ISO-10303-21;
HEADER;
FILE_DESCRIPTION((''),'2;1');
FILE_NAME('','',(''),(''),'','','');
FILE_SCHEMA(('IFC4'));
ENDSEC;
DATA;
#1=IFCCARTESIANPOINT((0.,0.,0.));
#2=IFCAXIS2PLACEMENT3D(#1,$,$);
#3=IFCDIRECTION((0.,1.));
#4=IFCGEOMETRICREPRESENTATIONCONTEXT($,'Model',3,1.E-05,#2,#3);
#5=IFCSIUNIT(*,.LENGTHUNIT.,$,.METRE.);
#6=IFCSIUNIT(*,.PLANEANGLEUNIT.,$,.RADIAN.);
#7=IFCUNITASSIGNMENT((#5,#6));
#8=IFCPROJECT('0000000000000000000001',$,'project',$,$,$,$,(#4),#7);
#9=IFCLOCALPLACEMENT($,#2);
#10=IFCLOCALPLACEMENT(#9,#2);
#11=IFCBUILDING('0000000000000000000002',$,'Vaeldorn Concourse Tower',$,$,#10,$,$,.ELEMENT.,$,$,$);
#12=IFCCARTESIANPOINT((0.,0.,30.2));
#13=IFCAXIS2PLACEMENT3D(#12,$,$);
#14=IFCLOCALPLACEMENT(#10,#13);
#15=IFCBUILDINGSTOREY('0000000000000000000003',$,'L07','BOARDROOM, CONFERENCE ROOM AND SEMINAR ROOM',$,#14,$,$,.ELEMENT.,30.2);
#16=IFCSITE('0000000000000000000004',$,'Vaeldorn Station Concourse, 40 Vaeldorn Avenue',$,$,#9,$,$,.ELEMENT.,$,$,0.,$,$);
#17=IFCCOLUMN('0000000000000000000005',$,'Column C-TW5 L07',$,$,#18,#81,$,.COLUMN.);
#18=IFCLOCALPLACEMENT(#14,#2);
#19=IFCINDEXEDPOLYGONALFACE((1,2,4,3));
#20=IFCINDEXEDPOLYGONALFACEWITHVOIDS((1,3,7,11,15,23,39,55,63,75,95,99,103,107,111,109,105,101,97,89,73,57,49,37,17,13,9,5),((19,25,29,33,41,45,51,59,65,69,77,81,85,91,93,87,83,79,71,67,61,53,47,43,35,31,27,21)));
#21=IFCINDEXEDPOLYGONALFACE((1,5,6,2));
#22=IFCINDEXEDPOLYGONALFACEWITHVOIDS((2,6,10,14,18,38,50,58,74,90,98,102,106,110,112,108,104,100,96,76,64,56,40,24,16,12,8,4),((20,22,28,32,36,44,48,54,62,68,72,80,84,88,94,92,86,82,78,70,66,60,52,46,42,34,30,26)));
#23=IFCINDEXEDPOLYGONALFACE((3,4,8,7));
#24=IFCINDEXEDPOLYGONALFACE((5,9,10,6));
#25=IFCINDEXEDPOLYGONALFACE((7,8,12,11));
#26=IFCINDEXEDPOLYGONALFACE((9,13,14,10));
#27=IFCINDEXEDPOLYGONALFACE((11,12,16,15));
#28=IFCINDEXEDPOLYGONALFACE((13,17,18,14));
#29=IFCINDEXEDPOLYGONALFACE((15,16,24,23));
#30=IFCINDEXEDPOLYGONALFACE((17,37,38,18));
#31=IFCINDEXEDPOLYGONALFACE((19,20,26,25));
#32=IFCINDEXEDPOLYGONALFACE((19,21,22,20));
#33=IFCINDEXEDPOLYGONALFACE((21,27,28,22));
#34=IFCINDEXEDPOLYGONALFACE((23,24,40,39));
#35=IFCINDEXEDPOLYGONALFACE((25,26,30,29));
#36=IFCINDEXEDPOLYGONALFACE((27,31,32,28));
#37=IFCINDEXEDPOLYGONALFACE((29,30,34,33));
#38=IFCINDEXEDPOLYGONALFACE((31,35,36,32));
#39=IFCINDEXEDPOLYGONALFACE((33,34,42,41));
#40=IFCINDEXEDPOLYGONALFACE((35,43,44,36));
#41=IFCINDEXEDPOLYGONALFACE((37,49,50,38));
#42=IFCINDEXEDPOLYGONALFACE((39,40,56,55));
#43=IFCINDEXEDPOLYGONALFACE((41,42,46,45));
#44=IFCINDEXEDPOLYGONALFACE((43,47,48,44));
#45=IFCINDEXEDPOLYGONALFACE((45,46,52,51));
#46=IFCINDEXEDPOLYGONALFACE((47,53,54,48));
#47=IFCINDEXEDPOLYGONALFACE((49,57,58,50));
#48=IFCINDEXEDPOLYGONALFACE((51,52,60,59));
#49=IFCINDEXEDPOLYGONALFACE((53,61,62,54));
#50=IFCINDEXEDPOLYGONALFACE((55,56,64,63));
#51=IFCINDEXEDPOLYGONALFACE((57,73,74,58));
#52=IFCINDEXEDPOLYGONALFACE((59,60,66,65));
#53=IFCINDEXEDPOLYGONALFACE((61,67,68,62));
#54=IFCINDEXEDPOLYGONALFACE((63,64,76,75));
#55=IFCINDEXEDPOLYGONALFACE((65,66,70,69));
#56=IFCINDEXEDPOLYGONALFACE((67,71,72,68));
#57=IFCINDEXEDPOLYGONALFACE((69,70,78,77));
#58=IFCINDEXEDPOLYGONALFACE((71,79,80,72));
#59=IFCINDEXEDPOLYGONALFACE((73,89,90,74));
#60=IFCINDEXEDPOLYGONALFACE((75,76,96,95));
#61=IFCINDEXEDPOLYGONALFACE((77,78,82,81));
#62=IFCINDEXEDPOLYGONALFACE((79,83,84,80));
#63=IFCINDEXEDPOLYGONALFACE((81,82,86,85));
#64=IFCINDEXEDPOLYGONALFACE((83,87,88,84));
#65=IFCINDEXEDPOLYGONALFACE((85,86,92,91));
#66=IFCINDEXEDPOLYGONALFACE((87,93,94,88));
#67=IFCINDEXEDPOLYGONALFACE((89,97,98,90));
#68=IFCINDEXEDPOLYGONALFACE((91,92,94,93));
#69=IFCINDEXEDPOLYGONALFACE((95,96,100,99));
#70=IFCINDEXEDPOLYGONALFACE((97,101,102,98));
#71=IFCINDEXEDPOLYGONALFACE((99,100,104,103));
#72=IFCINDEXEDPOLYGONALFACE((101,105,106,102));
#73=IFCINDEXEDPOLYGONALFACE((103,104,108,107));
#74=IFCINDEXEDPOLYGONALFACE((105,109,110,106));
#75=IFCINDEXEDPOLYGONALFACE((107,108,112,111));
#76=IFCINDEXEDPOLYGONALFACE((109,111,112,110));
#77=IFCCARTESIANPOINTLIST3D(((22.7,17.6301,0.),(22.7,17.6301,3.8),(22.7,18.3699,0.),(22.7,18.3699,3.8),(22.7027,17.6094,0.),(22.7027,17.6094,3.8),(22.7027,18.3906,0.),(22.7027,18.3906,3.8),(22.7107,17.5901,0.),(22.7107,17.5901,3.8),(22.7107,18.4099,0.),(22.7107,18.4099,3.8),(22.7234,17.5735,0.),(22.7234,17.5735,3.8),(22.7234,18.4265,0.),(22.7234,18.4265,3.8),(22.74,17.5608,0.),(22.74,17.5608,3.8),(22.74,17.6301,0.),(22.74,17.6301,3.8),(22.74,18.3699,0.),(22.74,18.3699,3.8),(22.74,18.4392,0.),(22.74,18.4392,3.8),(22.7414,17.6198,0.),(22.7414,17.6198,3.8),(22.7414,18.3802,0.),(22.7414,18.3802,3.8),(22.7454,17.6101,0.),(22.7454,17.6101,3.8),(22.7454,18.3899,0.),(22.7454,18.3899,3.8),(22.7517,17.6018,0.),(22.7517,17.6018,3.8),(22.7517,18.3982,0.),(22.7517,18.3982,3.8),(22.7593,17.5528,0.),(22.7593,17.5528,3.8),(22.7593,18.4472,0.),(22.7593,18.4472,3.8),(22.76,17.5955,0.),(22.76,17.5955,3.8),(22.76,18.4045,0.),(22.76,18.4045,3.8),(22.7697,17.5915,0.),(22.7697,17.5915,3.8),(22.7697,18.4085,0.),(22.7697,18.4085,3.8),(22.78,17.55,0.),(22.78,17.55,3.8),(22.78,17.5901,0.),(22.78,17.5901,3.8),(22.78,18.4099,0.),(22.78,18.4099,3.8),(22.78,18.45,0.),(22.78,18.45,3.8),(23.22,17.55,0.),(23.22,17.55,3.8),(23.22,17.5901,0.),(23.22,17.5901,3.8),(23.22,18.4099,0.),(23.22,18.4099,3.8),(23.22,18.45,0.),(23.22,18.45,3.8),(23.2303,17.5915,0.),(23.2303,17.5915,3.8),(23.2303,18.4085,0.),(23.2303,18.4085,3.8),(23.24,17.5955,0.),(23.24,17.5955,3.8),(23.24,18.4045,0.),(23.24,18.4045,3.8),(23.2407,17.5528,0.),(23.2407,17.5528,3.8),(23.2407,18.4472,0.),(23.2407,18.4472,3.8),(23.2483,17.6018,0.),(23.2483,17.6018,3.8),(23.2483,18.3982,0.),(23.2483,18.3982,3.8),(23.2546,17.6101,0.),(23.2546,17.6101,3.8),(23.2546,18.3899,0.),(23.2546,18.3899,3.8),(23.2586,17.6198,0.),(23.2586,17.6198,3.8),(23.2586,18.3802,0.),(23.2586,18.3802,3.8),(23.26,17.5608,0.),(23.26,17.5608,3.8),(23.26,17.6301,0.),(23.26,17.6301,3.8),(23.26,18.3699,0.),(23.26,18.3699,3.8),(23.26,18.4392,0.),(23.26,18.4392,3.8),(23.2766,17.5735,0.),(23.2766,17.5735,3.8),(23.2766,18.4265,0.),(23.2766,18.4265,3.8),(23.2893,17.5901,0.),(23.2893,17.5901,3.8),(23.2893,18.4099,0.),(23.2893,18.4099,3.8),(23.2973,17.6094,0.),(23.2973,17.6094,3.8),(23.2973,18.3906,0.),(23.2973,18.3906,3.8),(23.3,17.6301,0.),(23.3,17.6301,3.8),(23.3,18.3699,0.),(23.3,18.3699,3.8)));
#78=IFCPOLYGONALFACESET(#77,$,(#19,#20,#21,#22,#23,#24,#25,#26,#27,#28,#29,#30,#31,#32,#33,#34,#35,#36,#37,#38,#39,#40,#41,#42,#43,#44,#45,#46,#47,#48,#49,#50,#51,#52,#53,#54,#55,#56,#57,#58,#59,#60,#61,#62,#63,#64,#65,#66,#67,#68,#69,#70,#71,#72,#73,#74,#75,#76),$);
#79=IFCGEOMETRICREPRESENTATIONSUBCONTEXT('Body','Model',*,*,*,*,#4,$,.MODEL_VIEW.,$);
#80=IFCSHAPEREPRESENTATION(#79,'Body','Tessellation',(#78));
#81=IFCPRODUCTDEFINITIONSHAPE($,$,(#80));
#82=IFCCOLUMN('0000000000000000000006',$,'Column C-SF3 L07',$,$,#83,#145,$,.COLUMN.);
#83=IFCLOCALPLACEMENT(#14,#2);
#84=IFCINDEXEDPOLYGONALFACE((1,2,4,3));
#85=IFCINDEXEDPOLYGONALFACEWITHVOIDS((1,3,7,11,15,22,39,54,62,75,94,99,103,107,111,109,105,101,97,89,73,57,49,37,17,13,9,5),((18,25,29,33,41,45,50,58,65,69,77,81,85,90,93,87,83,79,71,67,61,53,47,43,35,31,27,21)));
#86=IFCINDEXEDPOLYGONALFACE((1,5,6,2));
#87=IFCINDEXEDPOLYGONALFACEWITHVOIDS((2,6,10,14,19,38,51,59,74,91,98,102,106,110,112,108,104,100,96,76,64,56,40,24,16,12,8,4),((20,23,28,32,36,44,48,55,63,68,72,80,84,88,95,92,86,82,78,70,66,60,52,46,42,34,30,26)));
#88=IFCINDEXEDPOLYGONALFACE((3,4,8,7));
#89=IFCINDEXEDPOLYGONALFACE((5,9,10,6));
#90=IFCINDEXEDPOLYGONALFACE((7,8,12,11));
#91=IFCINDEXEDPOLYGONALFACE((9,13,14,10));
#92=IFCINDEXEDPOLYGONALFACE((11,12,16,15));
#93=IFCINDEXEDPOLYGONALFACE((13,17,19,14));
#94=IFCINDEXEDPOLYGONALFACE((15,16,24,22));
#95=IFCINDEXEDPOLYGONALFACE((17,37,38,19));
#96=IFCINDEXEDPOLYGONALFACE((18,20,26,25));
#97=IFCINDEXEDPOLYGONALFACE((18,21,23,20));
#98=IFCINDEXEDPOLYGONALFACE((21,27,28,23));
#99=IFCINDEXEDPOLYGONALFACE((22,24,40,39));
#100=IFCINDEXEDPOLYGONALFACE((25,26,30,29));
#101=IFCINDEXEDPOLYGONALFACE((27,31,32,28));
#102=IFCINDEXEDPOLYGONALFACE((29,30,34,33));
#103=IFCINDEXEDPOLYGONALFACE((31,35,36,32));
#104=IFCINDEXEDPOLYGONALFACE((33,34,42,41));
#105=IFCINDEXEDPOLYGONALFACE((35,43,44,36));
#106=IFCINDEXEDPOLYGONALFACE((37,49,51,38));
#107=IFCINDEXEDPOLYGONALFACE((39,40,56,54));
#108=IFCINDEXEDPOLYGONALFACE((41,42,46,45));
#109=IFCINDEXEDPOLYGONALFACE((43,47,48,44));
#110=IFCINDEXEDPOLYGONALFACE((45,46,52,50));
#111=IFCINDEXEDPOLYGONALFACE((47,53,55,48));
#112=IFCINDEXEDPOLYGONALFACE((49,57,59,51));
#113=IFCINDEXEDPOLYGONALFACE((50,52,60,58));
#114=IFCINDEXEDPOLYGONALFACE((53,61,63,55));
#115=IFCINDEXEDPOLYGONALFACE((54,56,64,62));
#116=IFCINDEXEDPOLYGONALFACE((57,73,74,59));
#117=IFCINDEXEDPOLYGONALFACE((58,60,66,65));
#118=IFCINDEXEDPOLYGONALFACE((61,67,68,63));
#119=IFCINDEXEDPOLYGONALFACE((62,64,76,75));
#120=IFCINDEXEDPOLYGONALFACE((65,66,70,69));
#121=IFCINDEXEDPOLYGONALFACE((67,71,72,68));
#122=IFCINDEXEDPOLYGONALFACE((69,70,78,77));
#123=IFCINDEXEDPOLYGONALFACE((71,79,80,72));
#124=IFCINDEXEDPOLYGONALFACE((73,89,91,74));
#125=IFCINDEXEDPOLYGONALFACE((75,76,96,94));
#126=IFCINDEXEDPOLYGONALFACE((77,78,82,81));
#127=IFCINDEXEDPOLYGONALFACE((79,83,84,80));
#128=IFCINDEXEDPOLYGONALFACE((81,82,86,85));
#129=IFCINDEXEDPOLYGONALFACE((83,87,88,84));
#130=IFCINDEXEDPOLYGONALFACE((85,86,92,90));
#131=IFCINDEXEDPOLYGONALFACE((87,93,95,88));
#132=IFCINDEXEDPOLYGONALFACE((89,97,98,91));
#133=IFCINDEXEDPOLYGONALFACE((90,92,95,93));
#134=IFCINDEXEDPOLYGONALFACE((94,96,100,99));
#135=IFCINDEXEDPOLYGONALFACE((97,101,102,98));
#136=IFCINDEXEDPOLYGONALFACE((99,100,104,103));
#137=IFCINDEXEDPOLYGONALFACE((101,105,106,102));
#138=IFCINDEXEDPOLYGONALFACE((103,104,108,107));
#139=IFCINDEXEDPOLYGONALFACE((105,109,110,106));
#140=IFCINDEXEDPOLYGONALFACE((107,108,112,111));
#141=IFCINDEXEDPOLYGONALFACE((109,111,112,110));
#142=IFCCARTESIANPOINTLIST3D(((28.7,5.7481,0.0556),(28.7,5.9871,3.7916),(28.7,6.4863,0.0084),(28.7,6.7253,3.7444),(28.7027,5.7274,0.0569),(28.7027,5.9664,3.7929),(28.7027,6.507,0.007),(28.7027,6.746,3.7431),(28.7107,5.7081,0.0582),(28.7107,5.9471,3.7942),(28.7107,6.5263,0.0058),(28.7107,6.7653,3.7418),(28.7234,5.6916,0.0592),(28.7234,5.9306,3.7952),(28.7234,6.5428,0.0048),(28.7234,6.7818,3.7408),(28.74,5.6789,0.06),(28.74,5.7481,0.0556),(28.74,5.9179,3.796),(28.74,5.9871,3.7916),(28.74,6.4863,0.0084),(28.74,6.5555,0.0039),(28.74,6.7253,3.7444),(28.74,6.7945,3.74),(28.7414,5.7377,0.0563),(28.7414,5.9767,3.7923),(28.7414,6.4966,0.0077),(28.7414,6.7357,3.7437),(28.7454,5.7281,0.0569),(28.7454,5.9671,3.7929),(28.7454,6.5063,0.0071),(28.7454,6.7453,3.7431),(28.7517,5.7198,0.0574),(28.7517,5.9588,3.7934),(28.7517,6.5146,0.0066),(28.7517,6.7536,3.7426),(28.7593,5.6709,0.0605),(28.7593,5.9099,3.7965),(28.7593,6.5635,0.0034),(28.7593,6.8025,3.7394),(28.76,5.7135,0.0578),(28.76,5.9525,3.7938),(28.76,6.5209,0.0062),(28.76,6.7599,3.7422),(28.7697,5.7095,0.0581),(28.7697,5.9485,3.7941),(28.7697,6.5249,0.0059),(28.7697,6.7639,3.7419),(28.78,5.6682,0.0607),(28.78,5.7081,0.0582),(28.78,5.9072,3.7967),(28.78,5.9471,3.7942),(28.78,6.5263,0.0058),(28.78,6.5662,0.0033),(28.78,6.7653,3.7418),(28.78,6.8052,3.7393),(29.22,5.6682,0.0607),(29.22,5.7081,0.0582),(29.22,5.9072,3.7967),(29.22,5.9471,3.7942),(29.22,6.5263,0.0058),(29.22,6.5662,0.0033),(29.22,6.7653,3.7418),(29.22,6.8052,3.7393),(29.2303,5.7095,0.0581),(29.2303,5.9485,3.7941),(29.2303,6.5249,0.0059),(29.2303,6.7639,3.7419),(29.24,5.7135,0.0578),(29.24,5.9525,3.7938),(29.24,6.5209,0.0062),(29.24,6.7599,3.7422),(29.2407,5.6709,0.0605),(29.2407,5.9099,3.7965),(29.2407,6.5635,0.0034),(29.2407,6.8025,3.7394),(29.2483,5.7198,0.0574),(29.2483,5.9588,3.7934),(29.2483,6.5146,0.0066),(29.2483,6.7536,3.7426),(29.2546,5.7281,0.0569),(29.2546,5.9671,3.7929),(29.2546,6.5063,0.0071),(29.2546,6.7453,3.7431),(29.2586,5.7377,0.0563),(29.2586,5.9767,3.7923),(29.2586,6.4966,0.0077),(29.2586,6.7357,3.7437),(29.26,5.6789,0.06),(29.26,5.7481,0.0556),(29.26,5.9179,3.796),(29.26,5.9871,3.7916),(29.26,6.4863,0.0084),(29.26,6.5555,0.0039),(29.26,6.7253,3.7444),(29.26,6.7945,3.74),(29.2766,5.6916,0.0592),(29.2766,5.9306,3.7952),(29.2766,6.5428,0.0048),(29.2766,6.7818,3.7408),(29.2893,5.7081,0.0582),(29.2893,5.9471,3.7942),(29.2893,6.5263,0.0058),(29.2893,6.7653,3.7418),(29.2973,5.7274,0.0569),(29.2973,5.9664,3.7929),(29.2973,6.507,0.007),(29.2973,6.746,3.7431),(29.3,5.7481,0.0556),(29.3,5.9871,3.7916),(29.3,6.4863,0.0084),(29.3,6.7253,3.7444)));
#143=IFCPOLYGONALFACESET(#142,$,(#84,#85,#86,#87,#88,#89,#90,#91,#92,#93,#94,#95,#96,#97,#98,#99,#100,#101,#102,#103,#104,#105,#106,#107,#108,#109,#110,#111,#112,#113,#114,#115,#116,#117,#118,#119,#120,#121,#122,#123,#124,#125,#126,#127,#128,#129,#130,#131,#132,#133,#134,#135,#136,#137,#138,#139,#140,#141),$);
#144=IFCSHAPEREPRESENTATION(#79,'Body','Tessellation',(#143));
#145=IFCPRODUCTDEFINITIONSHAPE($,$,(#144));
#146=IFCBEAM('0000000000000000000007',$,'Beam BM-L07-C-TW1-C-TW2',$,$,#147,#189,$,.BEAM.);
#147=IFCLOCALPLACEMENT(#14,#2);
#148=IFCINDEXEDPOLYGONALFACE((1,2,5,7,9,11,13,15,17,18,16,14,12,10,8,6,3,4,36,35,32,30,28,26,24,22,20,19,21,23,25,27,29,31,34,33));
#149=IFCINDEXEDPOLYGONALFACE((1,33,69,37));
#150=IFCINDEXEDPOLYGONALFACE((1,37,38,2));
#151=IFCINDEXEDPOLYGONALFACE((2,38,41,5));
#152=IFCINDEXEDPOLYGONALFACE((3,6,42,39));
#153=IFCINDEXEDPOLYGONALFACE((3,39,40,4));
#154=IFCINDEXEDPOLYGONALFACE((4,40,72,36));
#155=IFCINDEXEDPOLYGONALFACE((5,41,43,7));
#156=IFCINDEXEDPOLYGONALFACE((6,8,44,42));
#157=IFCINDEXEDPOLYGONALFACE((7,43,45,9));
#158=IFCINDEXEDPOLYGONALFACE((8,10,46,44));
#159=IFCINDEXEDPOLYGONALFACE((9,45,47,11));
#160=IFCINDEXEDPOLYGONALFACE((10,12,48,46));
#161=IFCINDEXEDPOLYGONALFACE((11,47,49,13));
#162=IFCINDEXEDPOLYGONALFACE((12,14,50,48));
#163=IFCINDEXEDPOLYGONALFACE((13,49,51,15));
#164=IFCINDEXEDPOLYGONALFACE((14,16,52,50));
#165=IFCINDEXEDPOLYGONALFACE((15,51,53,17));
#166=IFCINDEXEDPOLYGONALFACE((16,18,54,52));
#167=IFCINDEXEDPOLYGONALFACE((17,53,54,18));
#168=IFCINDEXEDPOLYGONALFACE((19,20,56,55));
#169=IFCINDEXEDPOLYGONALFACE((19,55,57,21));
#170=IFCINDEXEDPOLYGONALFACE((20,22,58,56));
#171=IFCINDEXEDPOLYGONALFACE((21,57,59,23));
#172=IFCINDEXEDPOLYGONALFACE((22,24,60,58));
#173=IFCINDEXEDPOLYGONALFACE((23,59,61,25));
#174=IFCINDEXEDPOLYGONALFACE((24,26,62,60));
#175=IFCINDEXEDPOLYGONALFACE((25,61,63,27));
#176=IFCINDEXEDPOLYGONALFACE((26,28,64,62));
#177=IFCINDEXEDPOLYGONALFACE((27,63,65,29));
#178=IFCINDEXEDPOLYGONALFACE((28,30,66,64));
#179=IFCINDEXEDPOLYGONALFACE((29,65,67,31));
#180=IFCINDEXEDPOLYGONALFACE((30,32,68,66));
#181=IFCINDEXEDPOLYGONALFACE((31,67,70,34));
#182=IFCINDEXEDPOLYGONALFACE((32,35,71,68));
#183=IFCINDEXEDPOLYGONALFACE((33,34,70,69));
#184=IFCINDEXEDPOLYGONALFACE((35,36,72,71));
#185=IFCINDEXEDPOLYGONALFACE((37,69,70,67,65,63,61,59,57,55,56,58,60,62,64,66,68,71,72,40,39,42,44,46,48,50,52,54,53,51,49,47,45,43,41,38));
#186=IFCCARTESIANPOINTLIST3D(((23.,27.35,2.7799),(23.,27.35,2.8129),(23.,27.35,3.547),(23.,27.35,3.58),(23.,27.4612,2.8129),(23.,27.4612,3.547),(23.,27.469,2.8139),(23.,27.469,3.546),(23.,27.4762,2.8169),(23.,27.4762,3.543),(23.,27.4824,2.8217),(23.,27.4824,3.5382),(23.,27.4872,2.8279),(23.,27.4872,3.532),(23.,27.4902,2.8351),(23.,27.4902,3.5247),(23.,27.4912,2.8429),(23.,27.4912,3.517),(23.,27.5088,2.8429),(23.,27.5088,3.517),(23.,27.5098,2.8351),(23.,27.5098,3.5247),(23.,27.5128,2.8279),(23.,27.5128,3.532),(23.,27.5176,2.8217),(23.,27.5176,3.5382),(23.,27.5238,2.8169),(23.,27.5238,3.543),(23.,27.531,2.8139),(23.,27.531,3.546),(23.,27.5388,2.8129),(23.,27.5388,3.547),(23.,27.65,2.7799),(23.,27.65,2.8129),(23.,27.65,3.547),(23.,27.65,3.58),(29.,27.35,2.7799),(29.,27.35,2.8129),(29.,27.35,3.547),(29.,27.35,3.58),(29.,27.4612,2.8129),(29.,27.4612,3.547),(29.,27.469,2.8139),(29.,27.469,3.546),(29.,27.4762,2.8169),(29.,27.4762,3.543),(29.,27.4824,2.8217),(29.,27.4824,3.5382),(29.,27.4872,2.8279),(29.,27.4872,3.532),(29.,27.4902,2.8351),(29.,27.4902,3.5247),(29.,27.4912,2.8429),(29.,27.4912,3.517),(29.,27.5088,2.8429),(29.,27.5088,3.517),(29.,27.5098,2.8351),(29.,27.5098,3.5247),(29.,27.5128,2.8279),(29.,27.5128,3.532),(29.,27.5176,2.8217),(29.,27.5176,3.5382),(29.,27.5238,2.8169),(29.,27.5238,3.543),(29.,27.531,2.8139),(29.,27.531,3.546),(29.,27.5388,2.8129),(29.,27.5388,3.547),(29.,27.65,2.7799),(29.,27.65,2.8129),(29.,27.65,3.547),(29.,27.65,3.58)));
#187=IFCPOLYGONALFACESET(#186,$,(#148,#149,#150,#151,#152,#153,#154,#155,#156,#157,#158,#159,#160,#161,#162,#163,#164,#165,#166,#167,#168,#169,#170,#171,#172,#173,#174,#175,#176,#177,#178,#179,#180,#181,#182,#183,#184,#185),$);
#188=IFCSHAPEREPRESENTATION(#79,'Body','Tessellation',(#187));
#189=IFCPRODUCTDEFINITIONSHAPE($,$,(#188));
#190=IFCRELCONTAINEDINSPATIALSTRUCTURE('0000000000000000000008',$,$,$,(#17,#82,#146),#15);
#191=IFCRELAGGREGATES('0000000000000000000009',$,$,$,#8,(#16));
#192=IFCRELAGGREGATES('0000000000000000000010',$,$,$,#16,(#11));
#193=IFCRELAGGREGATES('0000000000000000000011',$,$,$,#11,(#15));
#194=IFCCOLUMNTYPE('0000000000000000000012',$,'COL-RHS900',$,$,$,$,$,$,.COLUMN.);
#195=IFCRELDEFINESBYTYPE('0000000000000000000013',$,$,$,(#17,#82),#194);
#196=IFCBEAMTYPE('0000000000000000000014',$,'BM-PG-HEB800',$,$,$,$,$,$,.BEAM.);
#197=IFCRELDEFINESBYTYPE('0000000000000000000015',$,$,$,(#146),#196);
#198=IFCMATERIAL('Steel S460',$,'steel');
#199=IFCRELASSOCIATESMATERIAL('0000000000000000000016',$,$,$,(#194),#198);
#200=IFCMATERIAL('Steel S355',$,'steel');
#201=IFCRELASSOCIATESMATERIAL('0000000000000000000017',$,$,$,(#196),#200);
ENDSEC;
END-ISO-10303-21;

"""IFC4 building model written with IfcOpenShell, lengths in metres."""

from ifc_helpers import new_model, si_unit, direction, frame, origin, origin_2d, place, context, subcontext, project, spatial, hollow_rectangle, i_section, extrude, source, transform, mapped, material, material_profile, profile_set, type_object, element, save


model = new_model("IFC4")

# Units and contexts
model_context = context("Model", 3, precision=1e-05, world=origin(), true_north=direction((0.0, 1.0)))
body_context = subcontext(model_context, "Body", "Model", "MODEL_VIEW")
ifc_project = project(units=[si_unit("LENGTHUNIT", "METRE"), si_unit("PLANEANGLEUNIT", "RADIAN")], contexts=[model_context])

# Site, building, storey
site_placement = place(None, origin())
site = spatial("IfcSite", under=ifc_project, at=site_placement, Name="Vaeldorn Station Concourse, 40 Vaeldorn Avenue", CompositionType="ELEMENT", RefElevation=0.0)
building_placement = place(site_placement, origin())
building = spatial("IfcBuilding", under=site, at=building_placement, Name="Vaeldorn Concourse Tower", CompositionType="ELEMENT")
storey_placement = place(building_placement, frame((0.0, 0.0, 30.2)))
storey = spatial("IfcBuildingStorey", under=building, at=storey_placement, Name="L07", Description="BOARDROOM, CONFERENCE ROOM AND SEMINAR ROOM", CompositionType="ELEMENT", Elevation=30.2)

# Columns
ifc_material_1 = material(Name="Steel S460", Category="steel")
ifc_material_profile_1 = material_profile(ifc_material_1, hollow_rectangle(XDim=0.6001, YDim=0.8999, WallThickness=0.04, InnerFilletRadius=0.04, OuterFilletRadius=0.0801, at=origin_2d()), Name="RHS 900x600x40")
ifc_profile_set_1 = profile_set([ifc_material_profile_1], Name="Steel S460")
column_type_1 = type_object("IfcColumnType", Name="COL-RHS900", PredefinedType="COLUMN", material=ifc_profile_set_1)
shared_shape_1 = source(origin(), body_context, "Body", "SweptSolid", [
    extrude(hollow_rectangle(XDim=0.6001, YDim=0.8999, WallThickness=0.04, InnerFilletRadius=0.04, OuterFilletRadius=0.0801, at=origin_2d()), origin(), (0.0, 0.0, 1.0), 3.8),
])
for number, where, z_axis, x_axis, name in (
    (1, (23.0, 18.0, 0.0), (0.0, 0.0, 1.0), (1.0, 0.0, 0.0), "Column C-TW5 L07"),
):
    element("IfcColumn", number, at=place(storey_placement, frame(where, z_axis=z_axis, x_axis=x_axis)), inside=storey, type_object=column_type_1, Name=name, PredefinedType="COLUMN", context=body_context, shape_type="MappedRepresentation", body=[
        mapped(shared_shape_1, transform((0.0, 0.0, 0.0), scale=1.0)),
    ])
shared_shape_2 = source(origin(), body_context, "Body", "SweptSolid", [
    extrude(hollow_rectangle(XDim=0.6001, YDim=0.8999, WallThickness=0.04, InnerFilletRadius=0.04, OuterFilletRadius=0.0801, at=origin_2d()), origin(), (0.0, 0.0, 1.0), 3.7437),
])
column_1_placement = place(storey_placement, frame((29.0, 6.1172, 0.032), z_axis=(0.0, 0.063844, 0.99796), x_axis=(-1.0, 0.0, 0.0)))
element("IfcColumn", 2, at=column_1_placement, inside=storey, type_object=column_type_1, Name="Column C-SF3 L07", PredefinedType="COLUMN", context=body_context, shape_type="MappedRepresentation", body=[
    mapped(shared_shape_2, transform((0.0, 0.0, 0.0), scale=1.0)),
])

# Beam
ifc_material_2 = material(Name="Steel S355", Category="steel")
ifc_material_profile_2 = material_profile(ifc_material_2, i_section(OverallWidth=0.3, OverallDepth=0.8, WebThickness=0.0176, FlangeThickness=0.033, FilletRadius=0.03, at=origin_2d()), Name="HEB 800")
ifc_profile_set_2 = profile_set([ifc_material_profile_2], Name="Steel S355")
beam_type_1 = type_object("IfcBeamType", Name="BM-PG-HEB800", PredefinedType="BEAM", material=ifc_profile_set_2)
shared_shape_3 = source(origin(), body_context, "Body", "SweptSolid", [
    extrude(i_section(OverallWidth=0.3, OverallDepth=0.8, WebThickness=0.0176, FlangeThickness=0.033, FilletRadius=0.03, at=origin_2d()), origin(), (0.0, 0.0, 1.0), 6.0),
])
beam_1_placement = place(storey_placement, frame((23.0, 27.5, 3.1799), z_axis=(1.0, 0.0, 0.0), x_axis=(0.0, 1.0, 0.0)))
element("IfcBeam", 3, at=beam_1_placement, inside=storey, type_object=beam_type_1, Name="Beam BM-L07-C-TW1-C-TW2", PredefinedType="BEAM", context=body_context, shape_type="MappedRepresentation", body=[
    mapped(shared_shape_3, transform((0.0, 0.0, 0.0), scale=1.0)),
])

save(model, "model.ifc")
